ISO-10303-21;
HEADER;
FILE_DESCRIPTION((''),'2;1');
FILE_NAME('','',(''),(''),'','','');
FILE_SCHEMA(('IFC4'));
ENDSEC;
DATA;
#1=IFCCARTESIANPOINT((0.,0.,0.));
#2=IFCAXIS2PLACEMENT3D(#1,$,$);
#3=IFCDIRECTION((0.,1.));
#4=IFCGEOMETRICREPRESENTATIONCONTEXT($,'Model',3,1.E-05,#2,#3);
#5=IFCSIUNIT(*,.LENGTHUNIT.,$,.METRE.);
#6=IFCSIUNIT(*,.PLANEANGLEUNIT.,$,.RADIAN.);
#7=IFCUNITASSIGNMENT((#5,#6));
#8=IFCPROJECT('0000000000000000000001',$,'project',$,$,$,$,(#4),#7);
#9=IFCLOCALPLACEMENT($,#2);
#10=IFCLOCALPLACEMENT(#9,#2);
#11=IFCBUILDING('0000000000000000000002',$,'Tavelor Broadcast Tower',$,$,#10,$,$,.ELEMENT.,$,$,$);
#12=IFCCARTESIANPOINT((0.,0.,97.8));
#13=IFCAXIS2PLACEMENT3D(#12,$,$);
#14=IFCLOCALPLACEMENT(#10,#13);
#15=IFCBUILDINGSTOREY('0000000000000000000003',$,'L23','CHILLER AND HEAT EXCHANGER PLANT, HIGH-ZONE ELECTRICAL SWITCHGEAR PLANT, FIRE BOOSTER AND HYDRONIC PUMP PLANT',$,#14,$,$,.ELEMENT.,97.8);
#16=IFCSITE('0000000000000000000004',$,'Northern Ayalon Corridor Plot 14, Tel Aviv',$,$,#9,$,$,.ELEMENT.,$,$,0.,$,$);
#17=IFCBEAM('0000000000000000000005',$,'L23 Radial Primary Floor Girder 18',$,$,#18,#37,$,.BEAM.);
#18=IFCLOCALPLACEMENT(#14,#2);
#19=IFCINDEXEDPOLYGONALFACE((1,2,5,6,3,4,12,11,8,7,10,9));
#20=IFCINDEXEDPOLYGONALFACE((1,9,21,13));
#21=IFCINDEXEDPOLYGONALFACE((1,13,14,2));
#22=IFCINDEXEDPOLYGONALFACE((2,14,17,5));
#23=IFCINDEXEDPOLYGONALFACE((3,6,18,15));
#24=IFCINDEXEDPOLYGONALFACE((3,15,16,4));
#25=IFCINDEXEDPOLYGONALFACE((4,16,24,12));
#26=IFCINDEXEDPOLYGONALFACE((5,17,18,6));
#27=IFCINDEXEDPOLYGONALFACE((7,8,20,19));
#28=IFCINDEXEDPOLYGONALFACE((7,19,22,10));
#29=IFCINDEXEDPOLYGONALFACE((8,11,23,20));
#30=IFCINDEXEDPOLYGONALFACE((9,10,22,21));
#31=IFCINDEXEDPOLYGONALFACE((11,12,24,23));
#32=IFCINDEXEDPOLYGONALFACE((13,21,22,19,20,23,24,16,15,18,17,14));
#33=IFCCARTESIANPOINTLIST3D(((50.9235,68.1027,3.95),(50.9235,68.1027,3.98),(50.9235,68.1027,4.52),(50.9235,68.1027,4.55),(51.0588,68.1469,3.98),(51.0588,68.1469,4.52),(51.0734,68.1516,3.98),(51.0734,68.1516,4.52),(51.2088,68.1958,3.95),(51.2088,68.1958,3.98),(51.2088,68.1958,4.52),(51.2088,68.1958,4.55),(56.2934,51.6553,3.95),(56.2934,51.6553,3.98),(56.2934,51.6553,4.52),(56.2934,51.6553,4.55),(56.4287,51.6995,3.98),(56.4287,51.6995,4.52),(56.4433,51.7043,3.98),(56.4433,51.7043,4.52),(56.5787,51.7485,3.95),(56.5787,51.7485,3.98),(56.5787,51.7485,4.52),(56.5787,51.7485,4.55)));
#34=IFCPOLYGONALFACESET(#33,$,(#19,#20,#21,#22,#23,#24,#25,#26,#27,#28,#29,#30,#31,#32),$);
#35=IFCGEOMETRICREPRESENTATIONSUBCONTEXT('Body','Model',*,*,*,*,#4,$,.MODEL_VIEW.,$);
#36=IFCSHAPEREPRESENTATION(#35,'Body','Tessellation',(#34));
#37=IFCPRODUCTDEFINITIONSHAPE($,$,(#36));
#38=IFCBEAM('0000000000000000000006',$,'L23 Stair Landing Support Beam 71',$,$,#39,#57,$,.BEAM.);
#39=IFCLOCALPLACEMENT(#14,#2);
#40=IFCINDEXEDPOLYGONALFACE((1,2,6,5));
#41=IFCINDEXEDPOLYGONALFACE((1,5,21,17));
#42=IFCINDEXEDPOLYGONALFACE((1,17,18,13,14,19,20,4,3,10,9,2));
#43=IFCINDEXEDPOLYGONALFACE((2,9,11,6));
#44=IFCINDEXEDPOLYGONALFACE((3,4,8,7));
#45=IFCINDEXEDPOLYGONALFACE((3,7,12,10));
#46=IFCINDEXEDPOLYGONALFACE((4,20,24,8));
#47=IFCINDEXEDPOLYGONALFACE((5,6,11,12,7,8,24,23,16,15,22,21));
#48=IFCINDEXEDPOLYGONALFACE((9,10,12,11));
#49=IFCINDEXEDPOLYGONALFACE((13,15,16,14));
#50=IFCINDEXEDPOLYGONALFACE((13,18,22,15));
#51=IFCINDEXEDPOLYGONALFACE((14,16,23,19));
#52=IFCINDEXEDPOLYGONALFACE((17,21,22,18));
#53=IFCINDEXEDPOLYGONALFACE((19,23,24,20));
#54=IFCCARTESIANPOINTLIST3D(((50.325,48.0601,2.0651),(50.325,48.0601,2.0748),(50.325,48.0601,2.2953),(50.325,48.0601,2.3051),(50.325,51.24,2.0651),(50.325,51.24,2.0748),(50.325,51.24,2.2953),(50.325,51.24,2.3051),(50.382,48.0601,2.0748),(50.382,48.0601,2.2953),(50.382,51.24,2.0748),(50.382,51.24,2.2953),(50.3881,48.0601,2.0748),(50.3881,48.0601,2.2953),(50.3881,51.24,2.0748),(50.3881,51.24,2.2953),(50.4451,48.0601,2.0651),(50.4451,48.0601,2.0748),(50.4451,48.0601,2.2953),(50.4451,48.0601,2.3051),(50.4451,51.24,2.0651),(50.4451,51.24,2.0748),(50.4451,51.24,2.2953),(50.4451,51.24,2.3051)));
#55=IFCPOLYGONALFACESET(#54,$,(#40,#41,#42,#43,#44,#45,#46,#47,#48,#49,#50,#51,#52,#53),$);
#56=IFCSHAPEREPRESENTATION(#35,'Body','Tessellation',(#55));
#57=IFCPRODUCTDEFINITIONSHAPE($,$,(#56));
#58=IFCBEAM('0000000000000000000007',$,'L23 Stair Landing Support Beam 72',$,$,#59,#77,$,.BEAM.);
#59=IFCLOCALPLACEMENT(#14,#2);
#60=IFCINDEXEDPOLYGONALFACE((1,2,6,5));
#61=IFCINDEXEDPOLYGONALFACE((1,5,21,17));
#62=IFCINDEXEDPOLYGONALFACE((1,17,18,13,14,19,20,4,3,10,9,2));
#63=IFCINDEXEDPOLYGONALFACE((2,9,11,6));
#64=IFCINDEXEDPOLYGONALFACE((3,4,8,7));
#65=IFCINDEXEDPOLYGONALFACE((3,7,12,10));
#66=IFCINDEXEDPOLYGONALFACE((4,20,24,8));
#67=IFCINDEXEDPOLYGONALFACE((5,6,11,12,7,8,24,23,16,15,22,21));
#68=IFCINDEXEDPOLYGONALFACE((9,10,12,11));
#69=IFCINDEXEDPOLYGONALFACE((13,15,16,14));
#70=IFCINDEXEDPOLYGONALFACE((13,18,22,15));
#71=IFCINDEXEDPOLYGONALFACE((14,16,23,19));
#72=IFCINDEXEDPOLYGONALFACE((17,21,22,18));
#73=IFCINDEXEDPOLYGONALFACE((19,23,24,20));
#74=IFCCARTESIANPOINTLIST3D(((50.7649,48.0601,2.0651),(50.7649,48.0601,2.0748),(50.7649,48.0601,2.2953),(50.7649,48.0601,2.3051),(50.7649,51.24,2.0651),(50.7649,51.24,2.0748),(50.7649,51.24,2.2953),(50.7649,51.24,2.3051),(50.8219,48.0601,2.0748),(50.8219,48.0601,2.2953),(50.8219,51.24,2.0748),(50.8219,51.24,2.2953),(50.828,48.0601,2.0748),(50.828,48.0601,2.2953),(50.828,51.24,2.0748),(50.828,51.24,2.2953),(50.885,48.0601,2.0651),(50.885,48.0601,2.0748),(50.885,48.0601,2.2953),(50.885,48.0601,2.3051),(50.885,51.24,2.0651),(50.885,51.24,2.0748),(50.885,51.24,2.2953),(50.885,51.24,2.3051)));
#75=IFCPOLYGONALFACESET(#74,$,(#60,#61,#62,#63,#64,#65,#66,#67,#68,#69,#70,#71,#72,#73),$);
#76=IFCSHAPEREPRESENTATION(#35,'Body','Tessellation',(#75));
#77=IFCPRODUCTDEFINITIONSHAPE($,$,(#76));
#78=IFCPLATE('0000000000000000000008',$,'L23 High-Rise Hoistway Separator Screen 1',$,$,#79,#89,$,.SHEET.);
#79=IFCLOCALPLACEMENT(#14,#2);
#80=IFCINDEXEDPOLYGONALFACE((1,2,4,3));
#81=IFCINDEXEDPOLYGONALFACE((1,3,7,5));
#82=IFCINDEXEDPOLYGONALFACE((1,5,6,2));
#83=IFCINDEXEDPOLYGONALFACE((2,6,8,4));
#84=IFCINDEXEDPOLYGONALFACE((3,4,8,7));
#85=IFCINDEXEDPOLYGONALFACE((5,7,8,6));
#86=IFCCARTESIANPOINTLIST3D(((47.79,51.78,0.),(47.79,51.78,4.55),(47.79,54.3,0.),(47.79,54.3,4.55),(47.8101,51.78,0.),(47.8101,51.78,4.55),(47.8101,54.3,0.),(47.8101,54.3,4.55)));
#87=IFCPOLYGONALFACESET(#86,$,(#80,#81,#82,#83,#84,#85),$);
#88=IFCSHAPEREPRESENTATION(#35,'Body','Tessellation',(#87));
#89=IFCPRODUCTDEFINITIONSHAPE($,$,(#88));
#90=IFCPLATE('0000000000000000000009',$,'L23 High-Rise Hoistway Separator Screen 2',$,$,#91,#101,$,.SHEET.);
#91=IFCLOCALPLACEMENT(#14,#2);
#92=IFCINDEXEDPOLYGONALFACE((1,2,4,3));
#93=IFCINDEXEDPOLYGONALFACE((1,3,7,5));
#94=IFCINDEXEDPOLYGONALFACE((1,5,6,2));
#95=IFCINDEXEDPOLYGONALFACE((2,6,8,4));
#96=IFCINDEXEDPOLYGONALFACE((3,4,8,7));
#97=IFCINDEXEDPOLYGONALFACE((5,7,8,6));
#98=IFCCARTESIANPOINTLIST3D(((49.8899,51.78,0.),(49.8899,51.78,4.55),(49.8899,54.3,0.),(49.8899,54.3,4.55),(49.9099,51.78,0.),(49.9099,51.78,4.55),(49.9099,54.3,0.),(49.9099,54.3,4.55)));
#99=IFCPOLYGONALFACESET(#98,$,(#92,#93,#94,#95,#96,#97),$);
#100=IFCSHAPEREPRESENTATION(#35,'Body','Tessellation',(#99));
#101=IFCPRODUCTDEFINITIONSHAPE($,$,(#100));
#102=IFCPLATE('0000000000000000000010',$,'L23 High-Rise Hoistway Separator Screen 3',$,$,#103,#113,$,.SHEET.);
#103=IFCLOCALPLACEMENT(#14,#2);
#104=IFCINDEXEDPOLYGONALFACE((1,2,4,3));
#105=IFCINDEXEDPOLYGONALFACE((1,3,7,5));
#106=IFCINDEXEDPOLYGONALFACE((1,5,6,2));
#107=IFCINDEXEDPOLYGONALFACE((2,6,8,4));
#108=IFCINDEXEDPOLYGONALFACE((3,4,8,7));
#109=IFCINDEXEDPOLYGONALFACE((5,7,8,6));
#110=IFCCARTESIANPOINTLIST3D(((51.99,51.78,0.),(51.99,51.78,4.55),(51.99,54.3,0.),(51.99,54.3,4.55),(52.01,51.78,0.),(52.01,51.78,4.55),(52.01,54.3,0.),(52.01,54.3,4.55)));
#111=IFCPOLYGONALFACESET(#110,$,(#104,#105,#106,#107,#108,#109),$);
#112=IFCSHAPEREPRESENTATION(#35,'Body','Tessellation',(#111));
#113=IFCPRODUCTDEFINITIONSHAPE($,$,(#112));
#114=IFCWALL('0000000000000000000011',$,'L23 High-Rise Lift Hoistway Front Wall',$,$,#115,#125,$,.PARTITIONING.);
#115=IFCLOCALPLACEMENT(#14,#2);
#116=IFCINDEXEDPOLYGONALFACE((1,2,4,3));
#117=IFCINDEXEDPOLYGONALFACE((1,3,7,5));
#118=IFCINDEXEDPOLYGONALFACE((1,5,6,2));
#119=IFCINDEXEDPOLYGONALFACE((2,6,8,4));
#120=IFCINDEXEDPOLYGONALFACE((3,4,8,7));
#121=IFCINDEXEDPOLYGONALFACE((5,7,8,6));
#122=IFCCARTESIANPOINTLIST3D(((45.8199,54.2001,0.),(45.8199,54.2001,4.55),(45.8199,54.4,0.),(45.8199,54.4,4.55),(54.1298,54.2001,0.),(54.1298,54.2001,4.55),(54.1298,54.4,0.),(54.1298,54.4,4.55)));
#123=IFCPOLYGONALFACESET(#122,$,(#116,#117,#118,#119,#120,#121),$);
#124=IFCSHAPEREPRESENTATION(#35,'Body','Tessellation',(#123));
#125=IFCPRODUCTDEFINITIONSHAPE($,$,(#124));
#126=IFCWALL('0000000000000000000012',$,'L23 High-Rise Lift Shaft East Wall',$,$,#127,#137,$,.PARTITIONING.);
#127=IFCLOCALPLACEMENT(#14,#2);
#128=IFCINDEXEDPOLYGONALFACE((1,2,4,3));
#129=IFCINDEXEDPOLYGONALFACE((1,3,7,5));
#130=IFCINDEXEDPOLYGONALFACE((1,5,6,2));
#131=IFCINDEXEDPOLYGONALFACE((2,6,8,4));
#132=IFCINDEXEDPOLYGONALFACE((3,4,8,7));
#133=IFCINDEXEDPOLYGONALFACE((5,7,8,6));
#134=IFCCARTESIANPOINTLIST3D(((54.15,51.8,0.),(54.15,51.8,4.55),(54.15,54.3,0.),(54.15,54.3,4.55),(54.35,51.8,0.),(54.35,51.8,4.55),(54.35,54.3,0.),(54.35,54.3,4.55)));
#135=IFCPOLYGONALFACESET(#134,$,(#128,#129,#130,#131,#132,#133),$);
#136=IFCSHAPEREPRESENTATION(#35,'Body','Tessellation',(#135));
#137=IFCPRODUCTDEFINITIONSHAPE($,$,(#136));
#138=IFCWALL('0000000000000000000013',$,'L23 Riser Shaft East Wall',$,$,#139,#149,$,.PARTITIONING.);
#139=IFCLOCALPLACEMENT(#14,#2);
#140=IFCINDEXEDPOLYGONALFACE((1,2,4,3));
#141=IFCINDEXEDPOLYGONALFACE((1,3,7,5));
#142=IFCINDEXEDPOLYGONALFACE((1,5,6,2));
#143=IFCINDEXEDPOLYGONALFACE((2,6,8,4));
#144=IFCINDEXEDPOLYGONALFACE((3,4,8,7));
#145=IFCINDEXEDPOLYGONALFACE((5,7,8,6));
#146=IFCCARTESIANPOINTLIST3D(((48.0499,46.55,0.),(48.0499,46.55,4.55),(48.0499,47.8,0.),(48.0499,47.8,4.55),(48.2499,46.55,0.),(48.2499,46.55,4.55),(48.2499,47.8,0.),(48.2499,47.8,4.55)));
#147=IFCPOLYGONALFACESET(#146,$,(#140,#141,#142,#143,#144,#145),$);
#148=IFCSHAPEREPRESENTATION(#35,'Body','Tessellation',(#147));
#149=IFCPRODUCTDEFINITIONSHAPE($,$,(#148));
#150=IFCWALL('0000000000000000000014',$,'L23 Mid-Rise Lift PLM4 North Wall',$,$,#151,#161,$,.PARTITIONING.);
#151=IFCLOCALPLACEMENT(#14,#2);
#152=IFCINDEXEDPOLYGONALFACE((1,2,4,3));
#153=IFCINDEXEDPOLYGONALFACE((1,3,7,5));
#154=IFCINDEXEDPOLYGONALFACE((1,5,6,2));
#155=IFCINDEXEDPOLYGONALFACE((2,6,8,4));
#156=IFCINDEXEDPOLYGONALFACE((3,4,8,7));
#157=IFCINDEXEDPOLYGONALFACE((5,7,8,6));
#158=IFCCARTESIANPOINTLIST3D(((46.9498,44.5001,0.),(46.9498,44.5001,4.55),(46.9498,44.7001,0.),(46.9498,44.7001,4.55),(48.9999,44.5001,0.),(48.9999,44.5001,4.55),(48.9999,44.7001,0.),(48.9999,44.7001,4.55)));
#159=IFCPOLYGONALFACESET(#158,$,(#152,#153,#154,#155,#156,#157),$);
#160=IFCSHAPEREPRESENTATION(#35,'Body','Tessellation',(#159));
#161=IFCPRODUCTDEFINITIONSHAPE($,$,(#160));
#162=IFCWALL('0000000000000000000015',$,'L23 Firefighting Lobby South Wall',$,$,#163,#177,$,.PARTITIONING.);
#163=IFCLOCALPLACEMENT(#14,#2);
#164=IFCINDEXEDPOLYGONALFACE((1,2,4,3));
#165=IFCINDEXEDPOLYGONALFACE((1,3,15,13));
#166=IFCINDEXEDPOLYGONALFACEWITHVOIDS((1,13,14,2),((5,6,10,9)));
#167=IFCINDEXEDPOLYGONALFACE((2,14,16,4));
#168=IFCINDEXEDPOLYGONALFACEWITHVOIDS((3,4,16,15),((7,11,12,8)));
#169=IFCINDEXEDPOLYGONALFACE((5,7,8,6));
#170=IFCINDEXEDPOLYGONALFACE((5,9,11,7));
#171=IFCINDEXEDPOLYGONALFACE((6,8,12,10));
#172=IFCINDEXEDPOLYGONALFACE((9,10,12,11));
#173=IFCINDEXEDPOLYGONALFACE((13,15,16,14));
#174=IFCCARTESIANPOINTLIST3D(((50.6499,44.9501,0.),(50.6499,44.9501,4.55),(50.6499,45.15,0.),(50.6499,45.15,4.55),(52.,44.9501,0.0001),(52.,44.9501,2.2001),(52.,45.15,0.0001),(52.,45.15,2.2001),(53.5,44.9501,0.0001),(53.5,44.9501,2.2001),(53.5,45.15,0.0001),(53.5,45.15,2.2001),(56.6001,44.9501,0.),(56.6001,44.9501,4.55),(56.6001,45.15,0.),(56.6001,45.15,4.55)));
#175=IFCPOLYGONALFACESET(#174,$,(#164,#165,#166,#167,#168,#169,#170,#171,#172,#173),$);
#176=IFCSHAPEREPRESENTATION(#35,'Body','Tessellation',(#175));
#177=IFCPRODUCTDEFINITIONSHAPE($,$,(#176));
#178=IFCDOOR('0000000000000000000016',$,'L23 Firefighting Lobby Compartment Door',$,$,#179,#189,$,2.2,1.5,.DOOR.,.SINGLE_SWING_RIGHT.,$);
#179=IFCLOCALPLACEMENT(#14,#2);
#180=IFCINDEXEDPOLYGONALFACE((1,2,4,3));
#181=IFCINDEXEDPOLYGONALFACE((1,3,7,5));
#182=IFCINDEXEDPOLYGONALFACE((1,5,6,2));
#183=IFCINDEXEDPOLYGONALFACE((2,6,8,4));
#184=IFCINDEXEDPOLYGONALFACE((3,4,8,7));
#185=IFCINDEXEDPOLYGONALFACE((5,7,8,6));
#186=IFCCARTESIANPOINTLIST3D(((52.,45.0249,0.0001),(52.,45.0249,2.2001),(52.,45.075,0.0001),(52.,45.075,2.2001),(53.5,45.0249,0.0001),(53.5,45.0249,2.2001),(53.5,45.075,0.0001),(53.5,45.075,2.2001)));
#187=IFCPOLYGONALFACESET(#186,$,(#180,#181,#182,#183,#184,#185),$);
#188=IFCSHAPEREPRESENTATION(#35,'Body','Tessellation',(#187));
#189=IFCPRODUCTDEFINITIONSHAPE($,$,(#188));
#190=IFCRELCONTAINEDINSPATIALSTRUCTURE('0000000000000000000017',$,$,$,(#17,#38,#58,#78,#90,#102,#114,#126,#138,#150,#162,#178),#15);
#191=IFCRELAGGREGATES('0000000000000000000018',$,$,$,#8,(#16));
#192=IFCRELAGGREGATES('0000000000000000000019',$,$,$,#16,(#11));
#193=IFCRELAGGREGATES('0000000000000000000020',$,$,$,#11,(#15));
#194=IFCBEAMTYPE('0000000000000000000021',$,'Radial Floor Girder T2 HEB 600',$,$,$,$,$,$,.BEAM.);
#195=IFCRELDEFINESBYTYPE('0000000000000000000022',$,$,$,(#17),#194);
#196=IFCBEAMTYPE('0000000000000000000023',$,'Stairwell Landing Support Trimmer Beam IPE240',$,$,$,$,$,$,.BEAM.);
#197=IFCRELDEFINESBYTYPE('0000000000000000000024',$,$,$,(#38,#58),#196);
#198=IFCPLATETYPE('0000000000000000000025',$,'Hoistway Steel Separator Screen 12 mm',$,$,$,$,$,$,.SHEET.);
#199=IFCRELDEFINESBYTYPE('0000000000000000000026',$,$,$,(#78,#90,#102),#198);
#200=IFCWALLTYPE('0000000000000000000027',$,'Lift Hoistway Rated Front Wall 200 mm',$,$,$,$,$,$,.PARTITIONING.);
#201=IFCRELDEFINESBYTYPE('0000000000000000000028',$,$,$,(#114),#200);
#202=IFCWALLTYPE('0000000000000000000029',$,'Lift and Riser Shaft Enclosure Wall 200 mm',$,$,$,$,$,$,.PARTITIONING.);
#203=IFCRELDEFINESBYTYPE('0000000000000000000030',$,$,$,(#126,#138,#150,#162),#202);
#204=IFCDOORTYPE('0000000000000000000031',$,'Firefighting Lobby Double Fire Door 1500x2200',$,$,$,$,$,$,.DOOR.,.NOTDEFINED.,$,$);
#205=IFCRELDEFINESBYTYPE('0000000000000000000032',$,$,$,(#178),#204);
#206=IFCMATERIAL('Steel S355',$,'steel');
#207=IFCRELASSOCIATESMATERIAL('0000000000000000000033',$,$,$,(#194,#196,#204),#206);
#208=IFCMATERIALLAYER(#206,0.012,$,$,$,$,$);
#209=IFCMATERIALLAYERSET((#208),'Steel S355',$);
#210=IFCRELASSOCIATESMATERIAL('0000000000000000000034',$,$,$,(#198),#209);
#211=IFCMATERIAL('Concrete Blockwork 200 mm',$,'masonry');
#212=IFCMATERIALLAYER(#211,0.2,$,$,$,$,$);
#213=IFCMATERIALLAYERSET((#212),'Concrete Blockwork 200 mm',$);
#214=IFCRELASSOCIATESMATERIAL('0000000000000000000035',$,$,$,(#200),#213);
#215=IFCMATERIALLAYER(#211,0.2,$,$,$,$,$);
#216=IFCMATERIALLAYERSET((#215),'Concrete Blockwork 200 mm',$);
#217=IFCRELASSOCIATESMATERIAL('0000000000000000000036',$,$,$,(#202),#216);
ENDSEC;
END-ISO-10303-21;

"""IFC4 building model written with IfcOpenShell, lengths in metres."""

from ifc_helpers import new_model, si_unit, direction, frame, frame_2d, origin, origin_2d, place, context, subcontext, project, spatial, rectangle, i_section, extrude, source, transform, mapped, material, layer, layer_set, material_profile, profile_set, type_object, type_shapes, element, fill, save


model = new_model("IFC4")

# Units and contexts
model_context = context("Model", 3, precision=1e-05, world=origin(), true_north=direction((0.0, 1.0)))
body_context = subcontext(model_context, "Body", "Model", "MODEL_VIEW")
ifc_project = project(units=[si_unit("LENGTHUNIT", "METRE"), si_unit("PLANEANGLEUNIT", "RADIAN")], contexts=[model_context])

# Site, building, storey
site_placement = place(None, origin())
site = spatial("IfcSite", under=ifc_project, at=site_placement, Name="Northern Ayalon Corridor Plot 14, Tel Aviv", CompositionType="ELEMENT", RefElevation=0.0)
building_placement = place(site_placement, origin())
building = spatial("IfcBuilding", under=site, at=building_placement, Name="Tavelor Broadcast Tower", CompositionType="ELEMENT")
storey_placement = place(building_placement, frame((0.0, 0.0, 97.8)))
storey = spatial("IfcBuildingStorey", under=building, at=storey_placement, Name="L23", Description="CHILLER AND HEAT EXCHANGER PLANT, HIGH-ZONE ELECTRICAL SWITCHGEAR PLANT, FIRE BOOSTER AND HYDRONIC PUMP PLANT", CompositionType="ELEMENT", Elevation=97.8)

# Beams
ifc_material_1 = material(Name="Steel S355", Category="steel")
ifc_material_profile_1 = material_profile(ifc_material_1, i_section(OverallWidth=0.3, OverallDepth=0.6001, WebThickness=0.0154, FlangeThickness=0.03, at=origin_2d()), Name="HEB 600")
ifc_profile_set_1 = profile_set([ifc_material_profile_1], Name="Steel S355")
beam_type_1 = type_object("IfcBeamType", Name="Radial Floor Girder T2 HEB 600", PredefinedType="BEAM", material=ifc_profile_set_1)
beam_placement = place(storey_placement, frame((56.436, 51.7019, 4.25), z_axis=(-0.310367, 0.950617, 0.0), x_axis=(-0.950617, -0.310367, 0.0)))
element("IfcBeam", 1, at=beam_placement, inside=storey, type_object=beam_type_1, Name="L23 Radial Primary Floor Girder 18", PredefinedType="BEAM", context=body_context, shape_type="SweptSolid", body=[
    extrude(i_section(OverallWidth=0.3, OverallDepth=0.6001, WebThickness=0.0154, FlangeThickness=0.03, at=origin_2d()), origin(), (0.0, 0.0, 1.0), 17.3018),
])
ifc_material_profile_2 = material_profile(ifc_material_1, i_section(OverallWidth=0.1201, OverallDepth=0.24, WebThickness=0.0061, FlangeThickness=0.0098, at=origin_2d()), Name="IPE 240")
ifc_profile_set_2 = profile_set([ifc_material_profile_2], Name="Steel S355")
beam_type_2 = type_object("IfcBeamType", Name="Stairwell Landing Support Trimmer Beam IPE240", PredefinedType="BEAM", material=ifc_profile_set_2)
for number, where, z_axis, x_axis, name in (
    (2, (50.385, 48.0601, 2.1851), (0.0, 1.0, 0.0), (-1.0, 0.0, 0.0), "L23 Stair Landing Support Beam 71"),
    (3, (50.825, 48.0601, 2.1851), (0.0, 1.0, 0.0), (-1.0, 0.0, 0.0), "L23 Stair Landing Support Beam 72"),
):
    element("IfcBeam", number, at=place(storey_placement, frame(where, z_axis=z_axis, x_axis=x_axis)), inside=storey, type_object=beam_type_2, Name=name, PredefinedType="BEAM", context=body_context, shape_type="SweptSolid", body=[
        extrude(i_section(OverallWidth=0.1201, OverallDepth=0.24, WebThickness=0.0061, FlangeThickness=0.0098, at=origin_2d()), origin(), (0.0, 0.0, 1.0), 3.1799),
    ])

# Plates
ifc_layer_1 = layer(ifc_material_1, 0.012)
ifc_layer_set_1 = layer_set([ifc_layer_1], Name="Steel S355")
plate_type = type_object("IfcPlateType", Name="Hoistway Steel Separator Screen 12 mm", PredefinedType="SHEET", material=ifc_layer_set_1)
shared_shape = source(origin(), body_context, "Body", "SweptSolid", [
    extrude(rectangle(XDim=0.02, YDim=2.52, at=origin_2d()), origin(), (0.0, 0.0, 1.0), 4.55),
])
type_shapes(plate_type, [shared_shape])
for number, where, z_axis, x_axis, name in (
    (4, (47.8, 53.04, 0.0), (0.0, 0.0, 1.0), (1.0, 0.0, 0.0), "L23 High-Rise Hoistway Separator Screen 1"),
    (5, (49.8999, 53.04, 0.0), (0.0, 0.0, 1.0), (1.0, 0.0, 0.0), "L23 High-Rise Hoistway Separator Screen 2"),
    (6, (52.0, 53.04, 0.0), (0.0, 0.0, 1.0), (1.0, 0.0, 0.0), "L23 High-Rise Hoistway Separator Screen 3"),
):
    element("IfcPlate", number, at=place(storey_placement, frame(where, z_axis=z_axis, x_axis=x_axis)), inside=storey, type_object=plate_type, Name=name, PredefinedType="SHEET", context=body_context, shape_type="MappedRepresentation", body=[
        mapped(shared_shape, transform((0.0, 0.0, 0.0), scale=1.0)),
    ])

# Walls
ifc_material_2 = material(Name="Concrete Blockwork 200 mm", Category="masonry")
ifc_layer_2 = layer(ifc_material_2, 0.2)
ifc_layer_set_2 = layer_set([ifc_layer_2], Name="Concrete Blockwork 200 mm")
wall_type_1 = type_object("IfcWallType", Name="Lift Hoistway Rated Front Wall 200 mm", PredefinedType="PARTITIONING", material=ifc_layer_set_2)
wall_1_placement = place(storey_placement, frame((45.8201, 54.3, 0.0), z_axis=(0.0, 0.0, 1.0), x_axis=(1.0, 0.0, 0.0)))
element("IfcWall", 7, at=wall_1_placement, inside=storey, type_object=wall_type_1, Name="L23 High-Rise Lift Hoistway Front Wall", PredefinedType="PARTITIONING", context=body_context, shape_type="SweptSolid", body=[
    extrude(rectangle(XDim=8.3098, YDim=0.2, at=frame_2d((4.1548, 0.0))), origin(), (0.0, 0.0, 1.0), 4.55),
])
ifc_layer_3 = layer(ifc_material_2, 0.2)
ifc_layer_set_3 = layer_set([ifc_layer_3], Name="Concrete Blockwork 200 mm")
wall_type_2 = type_object("IfcWallType", Name="Lift and Riser Shaft Enclosure Wall 200 mm", PredefinedType="PARTITIONING", material=ifc_layer_set_3)
wall_2_placement = place(storey_placement, frame((54.25, 51.8, 0.0), z_axis=(0.0, 0.0, 1.0), x_axis=(0.0, 1.0, 0.0)))
element("IfcWall", 8, at=wall_2_placement, inside=storey, type_object=wall_type_2, Name="L23 High-Rise Lift Shaft East Wall", PredefinedType="PARTITIONING", context=body_context, shape_type="SweptSolid", body=[
    extrude(rectangle(XDim=2.5, YDim=0.2, at=frame_2d((1.25, 0.0))), origin(), (0.0, 0.0, 1.0), 4.55),
])
wall_3_placement = place(storey_placement, frame((48.1499, 46.55, 0.0), z_axis=(0.0, 0.0, 1.0), x_axis=(0.0, 1.0, 0.0)))
element("IfcWall", 9, at=wall_3_placement, inside=storey, type_object=wall_type_2, Name="L23 Riser Shaft East Wall", PredefinedType="PARTITIONING", context=body_context, shape_type="SweptSolid", body=[
    extrude(rectangle(XDim=1.25, YDim=0.2, at=frame_2d((0.625, 0.0))), origin(), (0.0, 0.0, 1.0), 4.55),
])
wall_4_placement = place(storey_placement, frame((46.95, 44.6001, 0.0), z_axis=(0.0, 0.0, 1.0), x_axis=(1.0, 0.0, 0.0)))
element("IfcWall", 10, at=wall_4_placement, inside=storey, type_object=wall_type_2, Name="L23 Mid-Rise Lift PLM4 North Wall", PredefinedType="PARTITIONING", context=body_context, shape_type="SweptSolid", body=[
    extrude(rectangle(XDim=2.05, YDim=0.2, at=frame_2d((1.0249, 0.0))), origin(), (0.0, 0.0, 1.0), 4.55),
])

# Wall, opening, door
wall_5_placement = place(storey_placement, frame((50.6499, 45.05, 0.0), z_axis=(0.0, 0.0, 1.0), x_axis=(1.0, 0.0, 0.0)))
wall_5 = element("IfcWall", 11, at=wall_5_placement, inside=storey, type_object=wall_type_2, Name="L23 Firefighting Lobby South Wall", PredefinedType="PARTITIONING", context=body_context, shape_type="SweptSolid", body=[
    extrude(rectangle(XDim=5.9502, YDim=0.2, at=frame_2d((2.9751, 0.0))), origin(), (0.0, 0.0, 1.0), 4.55),
])
opening_placement = place(wall_5_placement, frame((1.3501, 0.0, 0.0)))
opening = element("IfcOpeningElement", 12, at=opening_placement, cuts=wall_5, PredefinedType="OPENING", context=body_context, shape_type="SweptSolid", body=[
    extrude(rectangle(XDim=1.5, YDim=2.2, at=frame_2d((0.75, 1.1001))), frame((0.0, 0.1099, 0.0), z_axis=(0.0, -1.0, 0.0), x_axis=(1.0, 0.0, 0.0)), (0.0, 0.0, 1.0), 0.22),
])
door_type = type_object("IfcDoorType", Name="Firefighting Lobby Double Fire Door 1500x2200", OperationType="NOTDEFINED", PredefinedType="DOOR", material=ifc_material_1)
door_placement = place(opening_placement, origin())
door = element("IfcDoor", 13, at=door_placement, inside=storey, type_object=door_type, Name="L23 Firefighting Lobby Compartment Door", OperationType="SINGLE_SWING_RIGHT", OverallHeight=2.2, OverallWidth=1.5, PredefinedType="DOOR", context=body_context, shape_type="SweptSolid", body=[
    extrude(rectangle(XDim=1.5, YDim=2.2, at=frame_2d((0.75, 1.1001))), frame((0.0, 0.0249, 0.0), z_axis=(0.0, -1.0, 0.0), x_axis=(1.0, 0.0, 0.0)), (0.0, 0.0, 1.0), 0.05),
])
fill(opening, door)

save(model, "model.ifc")
